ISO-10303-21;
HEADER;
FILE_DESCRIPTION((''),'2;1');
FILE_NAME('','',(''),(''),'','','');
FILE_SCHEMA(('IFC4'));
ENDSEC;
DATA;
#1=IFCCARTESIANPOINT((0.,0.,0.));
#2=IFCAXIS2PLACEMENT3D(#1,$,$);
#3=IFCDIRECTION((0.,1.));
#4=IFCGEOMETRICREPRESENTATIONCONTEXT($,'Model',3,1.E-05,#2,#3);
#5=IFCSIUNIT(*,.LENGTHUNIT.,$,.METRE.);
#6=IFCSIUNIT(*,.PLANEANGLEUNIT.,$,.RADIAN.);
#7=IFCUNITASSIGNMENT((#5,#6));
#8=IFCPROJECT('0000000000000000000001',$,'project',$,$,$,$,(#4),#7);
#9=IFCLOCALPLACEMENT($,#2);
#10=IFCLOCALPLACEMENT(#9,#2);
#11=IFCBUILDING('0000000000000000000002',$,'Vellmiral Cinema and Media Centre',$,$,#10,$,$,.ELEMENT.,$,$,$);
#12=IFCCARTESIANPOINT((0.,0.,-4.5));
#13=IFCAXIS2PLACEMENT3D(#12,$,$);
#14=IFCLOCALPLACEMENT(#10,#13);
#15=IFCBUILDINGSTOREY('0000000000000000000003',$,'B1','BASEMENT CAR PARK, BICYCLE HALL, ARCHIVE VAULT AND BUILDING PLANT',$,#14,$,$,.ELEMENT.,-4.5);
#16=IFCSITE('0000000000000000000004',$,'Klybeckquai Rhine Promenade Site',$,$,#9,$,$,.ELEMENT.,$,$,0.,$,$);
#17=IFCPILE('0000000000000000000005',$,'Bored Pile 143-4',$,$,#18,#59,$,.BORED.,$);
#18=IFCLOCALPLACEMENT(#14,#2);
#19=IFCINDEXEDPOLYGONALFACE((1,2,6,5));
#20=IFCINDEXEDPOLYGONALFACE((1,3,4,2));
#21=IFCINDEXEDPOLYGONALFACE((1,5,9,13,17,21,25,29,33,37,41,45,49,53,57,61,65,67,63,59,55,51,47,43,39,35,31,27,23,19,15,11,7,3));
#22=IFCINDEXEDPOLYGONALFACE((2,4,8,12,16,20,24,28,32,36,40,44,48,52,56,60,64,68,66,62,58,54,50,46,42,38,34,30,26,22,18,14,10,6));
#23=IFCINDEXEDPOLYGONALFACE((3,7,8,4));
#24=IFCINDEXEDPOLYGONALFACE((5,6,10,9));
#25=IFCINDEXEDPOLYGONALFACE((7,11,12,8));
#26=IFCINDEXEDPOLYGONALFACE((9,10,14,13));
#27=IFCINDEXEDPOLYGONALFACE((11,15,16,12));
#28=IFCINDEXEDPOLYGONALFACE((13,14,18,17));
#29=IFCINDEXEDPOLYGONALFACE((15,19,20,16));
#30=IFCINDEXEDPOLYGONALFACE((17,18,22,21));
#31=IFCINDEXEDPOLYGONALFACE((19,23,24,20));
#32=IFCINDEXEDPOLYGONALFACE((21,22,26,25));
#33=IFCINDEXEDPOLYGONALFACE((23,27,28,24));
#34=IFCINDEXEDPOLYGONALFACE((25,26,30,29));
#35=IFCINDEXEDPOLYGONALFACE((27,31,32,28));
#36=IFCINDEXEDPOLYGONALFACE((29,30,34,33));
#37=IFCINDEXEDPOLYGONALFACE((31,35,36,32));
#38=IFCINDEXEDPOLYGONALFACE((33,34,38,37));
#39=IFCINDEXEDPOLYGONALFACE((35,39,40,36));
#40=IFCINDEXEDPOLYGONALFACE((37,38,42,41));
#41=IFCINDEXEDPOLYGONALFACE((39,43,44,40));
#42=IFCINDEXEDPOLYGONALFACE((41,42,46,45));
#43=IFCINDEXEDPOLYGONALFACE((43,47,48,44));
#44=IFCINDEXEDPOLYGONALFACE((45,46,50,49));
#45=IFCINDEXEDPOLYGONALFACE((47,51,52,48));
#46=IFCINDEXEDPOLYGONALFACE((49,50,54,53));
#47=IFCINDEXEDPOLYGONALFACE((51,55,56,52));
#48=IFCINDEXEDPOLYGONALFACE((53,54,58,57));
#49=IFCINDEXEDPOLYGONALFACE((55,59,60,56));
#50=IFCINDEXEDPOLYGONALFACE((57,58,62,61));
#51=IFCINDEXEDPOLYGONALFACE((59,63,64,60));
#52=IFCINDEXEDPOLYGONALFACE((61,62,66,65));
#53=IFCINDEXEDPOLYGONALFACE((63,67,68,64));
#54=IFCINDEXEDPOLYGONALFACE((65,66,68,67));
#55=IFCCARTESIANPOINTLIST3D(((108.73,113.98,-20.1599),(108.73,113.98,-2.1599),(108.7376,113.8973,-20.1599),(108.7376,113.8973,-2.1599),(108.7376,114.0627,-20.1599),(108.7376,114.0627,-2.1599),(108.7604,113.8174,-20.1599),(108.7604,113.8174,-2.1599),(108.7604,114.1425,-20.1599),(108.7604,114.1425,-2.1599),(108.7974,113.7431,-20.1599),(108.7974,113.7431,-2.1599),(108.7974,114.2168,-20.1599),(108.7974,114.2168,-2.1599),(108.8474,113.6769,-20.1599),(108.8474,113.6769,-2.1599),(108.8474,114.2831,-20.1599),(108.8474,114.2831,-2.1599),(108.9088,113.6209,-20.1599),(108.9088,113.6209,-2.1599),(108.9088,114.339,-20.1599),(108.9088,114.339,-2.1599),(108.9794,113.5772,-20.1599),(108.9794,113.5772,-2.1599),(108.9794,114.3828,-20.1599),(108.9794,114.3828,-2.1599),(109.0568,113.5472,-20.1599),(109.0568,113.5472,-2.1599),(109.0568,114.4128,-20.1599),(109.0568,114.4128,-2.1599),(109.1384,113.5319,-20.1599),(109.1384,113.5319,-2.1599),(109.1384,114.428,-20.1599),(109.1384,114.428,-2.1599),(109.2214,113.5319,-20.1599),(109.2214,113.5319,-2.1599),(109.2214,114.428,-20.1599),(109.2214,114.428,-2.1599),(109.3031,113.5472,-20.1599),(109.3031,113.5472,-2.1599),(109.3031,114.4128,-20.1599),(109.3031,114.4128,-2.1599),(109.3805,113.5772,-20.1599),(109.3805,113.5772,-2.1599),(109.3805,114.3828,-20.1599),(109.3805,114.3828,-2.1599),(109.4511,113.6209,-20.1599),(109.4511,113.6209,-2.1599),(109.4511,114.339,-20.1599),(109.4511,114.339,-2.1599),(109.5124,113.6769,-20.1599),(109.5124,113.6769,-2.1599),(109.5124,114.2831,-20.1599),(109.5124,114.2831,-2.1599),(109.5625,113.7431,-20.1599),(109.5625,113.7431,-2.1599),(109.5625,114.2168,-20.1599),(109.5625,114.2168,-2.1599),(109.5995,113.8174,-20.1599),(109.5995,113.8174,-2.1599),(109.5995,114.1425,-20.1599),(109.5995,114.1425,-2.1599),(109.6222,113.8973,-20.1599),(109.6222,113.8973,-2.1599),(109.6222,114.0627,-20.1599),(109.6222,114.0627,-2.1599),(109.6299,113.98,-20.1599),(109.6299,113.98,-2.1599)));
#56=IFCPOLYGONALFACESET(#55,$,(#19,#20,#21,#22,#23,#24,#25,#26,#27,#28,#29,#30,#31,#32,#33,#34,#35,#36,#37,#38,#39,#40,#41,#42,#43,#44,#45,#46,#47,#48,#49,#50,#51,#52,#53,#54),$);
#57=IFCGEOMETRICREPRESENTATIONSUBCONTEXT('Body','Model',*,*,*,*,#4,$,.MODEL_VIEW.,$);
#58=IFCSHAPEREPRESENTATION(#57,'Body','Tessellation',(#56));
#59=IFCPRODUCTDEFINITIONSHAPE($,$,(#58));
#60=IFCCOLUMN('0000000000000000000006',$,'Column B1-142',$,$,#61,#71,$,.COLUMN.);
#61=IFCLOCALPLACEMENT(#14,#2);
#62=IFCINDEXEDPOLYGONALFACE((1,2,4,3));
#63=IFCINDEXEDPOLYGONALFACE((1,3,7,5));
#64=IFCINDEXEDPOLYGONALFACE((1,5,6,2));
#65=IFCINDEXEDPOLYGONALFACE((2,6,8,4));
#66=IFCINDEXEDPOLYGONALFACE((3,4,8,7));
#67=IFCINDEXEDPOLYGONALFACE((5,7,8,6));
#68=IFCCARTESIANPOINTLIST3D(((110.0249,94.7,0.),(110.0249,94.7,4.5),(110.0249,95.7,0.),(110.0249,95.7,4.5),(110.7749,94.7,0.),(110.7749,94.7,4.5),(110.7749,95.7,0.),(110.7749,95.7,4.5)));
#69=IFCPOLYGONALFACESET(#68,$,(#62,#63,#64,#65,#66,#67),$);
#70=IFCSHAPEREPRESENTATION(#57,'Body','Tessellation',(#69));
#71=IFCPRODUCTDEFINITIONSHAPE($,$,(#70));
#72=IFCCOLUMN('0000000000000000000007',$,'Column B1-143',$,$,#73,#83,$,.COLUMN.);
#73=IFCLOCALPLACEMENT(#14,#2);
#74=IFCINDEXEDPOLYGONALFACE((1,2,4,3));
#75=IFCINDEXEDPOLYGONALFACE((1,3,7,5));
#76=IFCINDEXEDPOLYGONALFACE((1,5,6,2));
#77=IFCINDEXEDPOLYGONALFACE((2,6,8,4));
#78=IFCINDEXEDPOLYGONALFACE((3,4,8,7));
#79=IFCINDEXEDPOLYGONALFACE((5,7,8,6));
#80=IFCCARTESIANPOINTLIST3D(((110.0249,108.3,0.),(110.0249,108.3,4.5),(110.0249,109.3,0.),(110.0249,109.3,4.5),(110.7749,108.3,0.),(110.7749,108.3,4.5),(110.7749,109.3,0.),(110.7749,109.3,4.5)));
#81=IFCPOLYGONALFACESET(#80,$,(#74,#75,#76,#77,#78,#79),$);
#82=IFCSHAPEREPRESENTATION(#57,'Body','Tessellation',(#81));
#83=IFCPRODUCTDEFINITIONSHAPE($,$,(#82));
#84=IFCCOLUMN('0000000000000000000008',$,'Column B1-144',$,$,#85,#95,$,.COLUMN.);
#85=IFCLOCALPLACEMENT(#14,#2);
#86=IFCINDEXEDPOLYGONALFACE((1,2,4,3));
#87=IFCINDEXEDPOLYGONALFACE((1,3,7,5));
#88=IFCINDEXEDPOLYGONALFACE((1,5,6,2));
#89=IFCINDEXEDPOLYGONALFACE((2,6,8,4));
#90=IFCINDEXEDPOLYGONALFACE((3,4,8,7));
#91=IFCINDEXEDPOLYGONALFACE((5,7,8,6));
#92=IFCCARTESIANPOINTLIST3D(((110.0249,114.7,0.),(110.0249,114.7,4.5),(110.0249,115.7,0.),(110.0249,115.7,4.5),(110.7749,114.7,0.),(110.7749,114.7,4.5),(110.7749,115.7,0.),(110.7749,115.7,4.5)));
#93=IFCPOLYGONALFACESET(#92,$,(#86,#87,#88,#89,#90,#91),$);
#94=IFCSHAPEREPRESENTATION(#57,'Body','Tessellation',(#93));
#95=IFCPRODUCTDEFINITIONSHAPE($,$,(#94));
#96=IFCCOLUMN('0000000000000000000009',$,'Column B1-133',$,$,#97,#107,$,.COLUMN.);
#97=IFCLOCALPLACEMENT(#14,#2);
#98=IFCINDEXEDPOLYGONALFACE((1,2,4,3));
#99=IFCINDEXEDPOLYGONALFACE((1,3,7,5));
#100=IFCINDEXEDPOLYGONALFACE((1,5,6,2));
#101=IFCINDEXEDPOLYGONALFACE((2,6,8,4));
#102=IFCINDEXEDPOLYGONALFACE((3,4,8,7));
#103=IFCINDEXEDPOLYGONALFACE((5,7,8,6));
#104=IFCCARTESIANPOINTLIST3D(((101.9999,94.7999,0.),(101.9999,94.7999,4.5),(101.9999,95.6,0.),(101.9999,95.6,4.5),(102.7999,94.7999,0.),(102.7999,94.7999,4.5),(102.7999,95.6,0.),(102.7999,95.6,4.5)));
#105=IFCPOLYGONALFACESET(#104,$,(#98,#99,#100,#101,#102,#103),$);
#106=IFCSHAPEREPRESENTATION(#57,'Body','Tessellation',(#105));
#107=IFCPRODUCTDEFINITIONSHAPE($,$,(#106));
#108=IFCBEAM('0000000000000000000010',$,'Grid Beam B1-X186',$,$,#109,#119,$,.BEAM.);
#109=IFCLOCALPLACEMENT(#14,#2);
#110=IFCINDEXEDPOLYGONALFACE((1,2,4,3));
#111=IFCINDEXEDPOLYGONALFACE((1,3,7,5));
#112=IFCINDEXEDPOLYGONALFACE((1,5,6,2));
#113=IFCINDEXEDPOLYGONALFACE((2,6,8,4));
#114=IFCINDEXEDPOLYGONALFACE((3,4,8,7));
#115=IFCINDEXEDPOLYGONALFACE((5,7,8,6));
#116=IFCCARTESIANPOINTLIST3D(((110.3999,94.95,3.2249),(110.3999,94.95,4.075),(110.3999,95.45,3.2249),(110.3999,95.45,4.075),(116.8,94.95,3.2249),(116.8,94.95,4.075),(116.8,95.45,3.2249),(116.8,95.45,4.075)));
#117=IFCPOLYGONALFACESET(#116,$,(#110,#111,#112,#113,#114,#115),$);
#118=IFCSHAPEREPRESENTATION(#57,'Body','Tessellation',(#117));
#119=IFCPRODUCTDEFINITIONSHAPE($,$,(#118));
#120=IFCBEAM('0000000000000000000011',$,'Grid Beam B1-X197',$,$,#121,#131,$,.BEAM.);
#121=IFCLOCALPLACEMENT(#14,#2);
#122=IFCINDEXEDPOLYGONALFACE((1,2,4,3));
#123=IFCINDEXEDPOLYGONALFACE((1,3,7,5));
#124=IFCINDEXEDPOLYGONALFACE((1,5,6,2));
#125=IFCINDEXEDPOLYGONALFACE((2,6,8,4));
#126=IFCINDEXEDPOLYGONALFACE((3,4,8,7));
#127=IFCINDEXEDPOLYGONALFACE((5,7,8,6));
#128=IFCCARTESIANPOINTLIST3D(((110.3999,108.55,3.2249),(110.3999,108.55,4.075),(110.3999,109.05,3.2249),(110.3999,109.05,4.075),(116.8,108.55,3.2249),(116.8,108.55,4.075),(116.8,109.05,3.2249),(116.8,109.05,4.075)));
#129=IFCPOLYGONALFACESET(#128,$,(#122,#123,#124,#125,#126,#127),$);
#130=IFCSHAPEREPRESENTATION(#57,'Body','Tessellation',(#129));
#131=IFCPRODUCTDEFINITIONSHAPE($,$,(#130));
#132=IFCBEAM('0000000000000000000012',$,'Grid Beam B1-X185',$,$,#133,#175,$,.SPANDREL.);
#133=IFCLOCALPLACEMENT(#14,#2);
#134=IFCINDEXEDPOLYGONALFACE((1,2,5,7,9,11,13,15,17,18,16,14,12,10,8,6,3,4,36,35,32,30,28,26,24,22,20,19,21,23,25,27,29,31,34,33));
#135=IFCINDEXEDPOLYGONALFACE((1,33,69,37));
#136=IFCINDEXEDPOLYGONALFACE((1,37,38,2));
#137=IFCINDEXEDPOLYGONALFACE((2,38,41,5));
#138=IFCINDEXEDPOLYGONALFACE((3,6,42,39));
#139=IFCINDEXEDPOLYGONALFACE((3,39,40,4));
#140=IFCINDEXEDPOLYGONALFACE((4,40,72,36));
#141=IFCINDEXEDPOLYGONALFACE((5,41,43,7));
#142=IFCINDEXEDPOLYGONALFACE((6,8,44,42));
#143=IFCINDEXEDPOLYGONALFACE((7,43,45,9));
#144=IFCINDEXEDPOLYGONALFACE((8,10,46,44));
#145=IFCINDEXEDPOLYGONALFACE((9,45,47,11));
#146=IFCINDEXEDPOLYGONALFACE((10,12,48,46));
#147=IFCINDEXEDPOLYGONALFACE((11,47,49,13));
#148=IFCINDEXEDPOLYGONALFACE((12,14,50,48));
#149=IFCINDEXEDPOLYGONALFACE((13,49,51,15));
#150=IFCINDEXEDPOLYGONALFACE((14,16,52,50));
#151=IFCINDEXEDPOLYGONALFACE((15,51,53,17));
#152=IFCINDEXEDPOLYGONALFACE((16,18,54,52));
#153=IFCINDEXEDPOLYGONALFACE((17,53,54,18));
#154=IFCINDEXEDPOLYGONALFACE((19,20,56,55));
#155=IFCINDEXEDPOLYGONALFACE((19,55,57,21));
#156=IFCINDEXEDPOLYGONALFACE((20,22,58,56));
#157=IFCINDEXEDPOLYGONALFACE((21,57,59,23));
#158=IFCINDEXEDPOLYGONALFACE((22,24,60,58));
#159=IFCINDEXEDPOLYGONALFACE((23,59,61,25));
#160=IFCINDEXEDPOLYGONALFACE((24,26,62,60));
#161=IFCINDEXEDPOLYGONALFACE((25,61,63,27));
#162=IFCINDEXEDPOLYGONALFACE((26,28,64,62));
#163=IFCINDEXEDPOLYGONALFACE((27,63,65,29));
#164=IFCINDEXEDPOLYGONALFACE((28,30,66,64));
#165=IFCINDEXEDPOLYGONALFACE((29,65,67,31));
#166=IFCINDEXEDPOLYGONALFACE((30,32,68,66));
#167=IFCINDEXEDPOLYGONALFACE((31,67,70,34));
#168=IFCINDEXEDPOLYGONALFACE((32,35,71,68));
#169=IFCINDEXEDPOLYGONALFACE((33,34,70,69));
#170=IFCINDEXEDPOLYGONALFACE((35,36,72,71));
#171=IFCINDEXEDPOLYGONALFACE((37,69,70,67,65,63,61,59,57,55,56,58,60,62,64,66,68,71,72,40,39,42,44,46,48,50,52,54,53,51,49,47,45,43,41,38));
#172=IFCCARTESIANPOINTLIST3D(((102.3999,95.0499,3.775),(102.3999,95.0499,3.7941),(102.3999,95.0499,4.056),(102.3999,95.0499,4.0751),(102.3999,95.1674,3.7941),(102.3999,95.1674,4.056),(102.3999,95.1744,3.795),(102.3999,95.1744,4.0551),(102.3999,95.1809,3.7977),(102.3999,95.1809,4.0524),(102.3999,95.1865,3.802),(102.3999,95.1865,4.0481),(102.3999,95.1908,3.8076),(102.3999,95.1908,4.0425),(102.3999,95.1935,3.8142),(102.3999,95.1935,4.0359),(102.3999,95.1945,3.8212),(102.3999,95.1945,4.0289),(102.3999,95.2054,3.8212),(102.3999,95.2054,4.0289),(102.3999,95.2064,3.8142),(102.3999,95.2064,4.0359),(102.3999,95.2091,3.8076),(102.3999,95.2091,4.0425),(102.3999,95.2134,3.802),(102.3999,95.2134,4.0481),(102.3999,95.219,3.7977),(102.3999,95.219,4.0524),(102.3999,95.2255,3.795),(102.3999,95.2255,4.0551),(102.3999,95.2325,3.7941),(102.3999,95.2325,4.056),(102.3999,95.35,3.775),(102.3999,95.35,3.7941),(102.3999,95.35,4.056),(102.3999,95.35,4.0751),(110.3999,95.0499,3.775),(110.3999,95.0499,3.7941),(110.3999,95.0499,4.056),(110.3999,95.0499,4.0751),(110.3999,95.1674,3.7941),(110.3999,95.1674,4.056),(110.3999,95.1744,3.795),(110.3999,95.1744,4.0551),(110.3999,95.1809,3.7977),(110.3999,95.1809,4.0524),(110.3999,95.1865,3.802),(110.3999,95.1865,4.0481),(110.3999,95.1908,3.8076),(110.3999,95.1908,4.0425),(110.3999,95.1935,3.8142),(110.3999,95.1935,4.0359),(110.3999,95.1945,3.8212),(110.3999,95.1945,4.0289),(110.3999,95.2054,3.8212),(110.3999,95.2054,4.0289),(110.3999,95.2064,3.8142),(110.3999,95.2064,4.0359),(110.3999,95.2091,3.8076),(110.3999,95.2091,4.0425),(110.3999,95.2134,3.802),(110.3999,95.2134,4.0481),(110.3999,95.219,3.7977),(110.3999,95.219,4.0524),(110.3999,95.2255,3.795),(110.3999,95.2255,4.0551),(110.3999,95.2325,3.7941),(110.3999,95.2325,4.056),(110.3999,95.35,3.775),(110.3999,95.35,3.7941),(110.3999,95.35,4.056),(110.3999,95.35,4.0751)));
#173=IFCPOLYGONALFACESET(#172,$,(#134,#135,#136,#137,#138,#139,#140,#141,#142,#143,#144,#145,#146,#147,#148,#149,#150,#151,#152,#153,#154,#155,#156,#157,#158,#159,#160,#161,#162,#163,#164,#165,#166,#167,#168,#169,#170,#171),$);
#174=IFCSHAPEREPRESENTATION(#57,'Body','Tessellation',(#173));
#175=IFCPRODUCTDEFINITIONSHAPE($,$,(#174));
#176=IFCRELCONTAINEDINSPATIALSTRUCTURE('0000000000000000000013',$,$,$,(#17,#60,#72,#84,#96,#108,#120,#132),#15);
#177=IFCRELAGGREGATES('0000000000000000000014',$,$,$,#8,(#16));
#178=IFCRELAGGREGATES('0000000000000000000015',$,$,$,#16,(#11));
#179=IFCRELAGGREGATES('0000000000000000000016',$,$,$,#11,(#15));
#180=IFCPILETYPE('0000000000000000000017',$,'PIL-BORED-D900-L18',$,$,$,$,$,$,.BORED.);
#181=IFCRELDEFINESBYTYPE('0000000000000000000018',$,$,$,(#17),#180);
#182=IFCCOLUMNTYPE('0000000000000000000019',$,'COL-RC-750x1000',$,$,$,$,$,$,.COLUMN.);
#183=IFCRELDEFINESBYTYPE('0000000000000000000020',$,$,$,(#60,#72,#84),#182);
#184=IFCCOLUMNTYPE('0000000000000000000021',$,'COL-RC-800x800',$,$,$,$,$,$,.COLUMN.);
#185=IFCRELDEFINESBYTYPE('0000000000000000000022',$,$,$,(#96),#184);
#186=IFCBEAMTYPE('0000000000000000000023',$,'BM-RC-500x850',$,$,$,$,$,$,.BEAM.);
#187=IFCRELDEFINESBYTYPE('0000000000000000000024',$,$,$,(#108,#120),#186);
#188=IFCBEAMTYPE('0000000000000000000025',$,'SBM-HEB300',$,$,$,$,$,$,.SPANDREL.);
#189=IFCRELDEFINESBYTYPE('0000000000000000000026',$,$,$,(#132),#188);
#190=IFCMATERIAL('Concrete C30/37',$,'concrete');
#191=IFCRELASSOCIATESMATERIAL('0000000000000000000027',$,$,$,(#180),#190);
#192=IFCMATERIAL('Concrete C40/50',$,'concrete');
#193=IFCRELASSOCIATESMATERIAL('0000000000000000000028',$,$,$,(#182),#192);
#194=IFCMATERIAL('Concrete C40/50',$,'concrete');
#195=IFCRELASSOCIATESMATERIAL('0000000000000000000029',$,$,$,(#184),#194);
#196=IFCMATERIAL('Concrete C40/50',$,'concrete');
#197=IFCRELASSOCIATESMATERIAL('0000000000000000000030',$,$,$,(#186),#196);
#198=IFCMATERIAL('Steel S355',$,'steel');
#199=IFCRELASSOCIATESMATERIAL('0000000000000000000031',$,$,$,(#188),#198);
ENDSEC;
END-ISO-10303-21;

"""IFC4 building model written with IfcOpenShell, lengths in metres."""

from ifc_helpers import new_model, si_unit, direction, frame, origin, origin_2d, place, context, subcontext, project, spatial, rectangle, circle, i_section, extrude, material, material_profile, profile_set, type_object, element, save


model = new_model("IFC4")

# Units and contexts
model_context = context("Model", 3, precision=1e-05, world=origin(), true_north=direction((0.0, 1.0)))
body_context = subcontext(model_context, "Body", "Model", "MODEL_VIEW")
ifc_project = project(units=[si_unit("LENGTHUNIT", "METRE"), si_unit("PLANEANGLEUNIT", "RADIAN")], contexts=[model_context])

# Site, building, storey
site_placement = place(None, origin())
site = spatial("IfcSite", under=ifc_project, at=site_placement, Name="Klybeckquai Rhine Promenade Site", CompositionType="ELEMENT", RefElevation=0.0)
building_placement = place(site_placement, origin())
building = spatial("IfcBuilding", under=site, at=building_placement, Name="Vellmiral Cinema and Media Centre", CompositionType="ELEMENT")
storey_placement = place(building_placement, frame((0.0, 0.0, -4.5)))
storey = spatial("IfcBuildingStorey", under=building, at=storey_placement, Name="B1", Description="BASEMENT CAR PARK, BICYCLE HALL, ARCHIVE VAULT AND BUILDING PLANT", CompositionType="ELEMENT", Elevation=-4.5)

# Pile
ifc_material_1 = material(Name="Concrete C30/37", Category="concrete")
ifc_material_profile_1 = material_profile(ifc_material_1, circle(Radius=0.45, at=origin_2d()), Name="PILE D900")
ifc_profile_set_1 = profile_set([ifc_material_profile_1], Name="Concrete C30/37")
pile_type_1 = type_object("IfcPileType", Name="PIL-BORED-D900-L18", PredefinedType="BORED", material=ifc_profile_set_1)
for number, where, z_axis, x_axis, name in (
    (1, (109.1799, 113.98, -2.1599), (0.0, 0.0, -1.0), (1.0, 0.0, 0.0), "Bored Pile 143-4"),
):
    element("IfcPile", number, at=place(storey_placement, frame(where, z_axis=z_axis, x_axis=x_axis)), inside=storey, type_object=pile_type_1, Name=name, PredefinedType="BORED", context=body_context, shape_type="SweptSolid", body=[
        extrude(circle(Radius=0.45, at=origin_2d()), origin(), (0.0, 0.0, 1.0), 18.0),
    ])

# Columns
ifc_material_2 = material(Name="Concrete C40/50", Category="concrete")
ifc_material_profile_2 = material_profile(ifc_material_2, rectangle(XDim=0.75, YDim=1.0, at=origin_2d()), Name="RC 750x1000")
ifc_profile_set_2 = profile_set([ifc_material_profile_2], Name="Concrete C40/50")
column_type_1 = type_object("IfcColumnType", Name="COL-RC-750x1000", PredefinedType="COLUMN", material=ifc_profile_set_2)
for number, where, z_axis, x_axis, name in (
    (2, (110.3999, 95.2, 0.0), (0.0, 0.0, 1.0), (1.0, 0.0, 0.0), "Column B1-142"),
    (3, (110.3999, 108.8, 0.0), (0.0, 0.0, 1.0), (1.0, 0.0, 0.0), "Column B1-143"),
    (4, (110.3999, 115.2, 0.0), (0.0, 0.0, 1.0), (1.0, 0.0, 0.0), "Column B1-144"),
):
    element("IfcColumn", number, at=place(storey_placement, frame(where, z_axis=z_axis, x_axis=x_axis)), inside=storey, type_object=column_type_1, Name=name, PredefinedType="COLUMN", context=body_context, shape_type="SweptSolid", body=[
        extrude(rectangle(XDim=0.75, YDim=1.0, at=origin_2d()), origin(), (0.0, 0.0, 1.0), 4.5),
    ])
ifc_material_3 = material(Name="Concrete C40/50", Category="concrete")
ifc_material_profile_3 = material_profile(ifc_material_3, rectangle(XDim=0.8, YDim=0.8, at=origin_2d()), Name="RC 800x800")
ifc_profile_set_3 = profile_set([ifc_material_profile_3], Name="Concrete C40/50")
column_type_2 = type_object("IfcColumnType", Name="COL-RC-800x800", PredefinedType="COLUMN", material=ifc_profile_set_3)
column_placement = place(storey_placement, frame((102.3999, 95.2, 0.0), z_axis=(0.0, 0.0, 1.0), x_axis=(1.0, 0.0, 0.0)))
element("IfcColumn", 5, at=column_placement, inside=storey, type_object=column_type_2, Name="Column B1-133", PredefinedType="COLUMN", context=body_context, shape_type="SweptSolid", body=[
    extrude(rectangle(XDim=0.8, YDim=0.8, at=origin_2d()), origin(), (0.0, 0.0, 1.0), 4.5),
])

# Beams
ifc_material_4 = material(Name="Concrete C40/50", Category="concrete")
ifc_material_profile_4 = material_profile(ifc_material_4, rectangle(XDim=0.5, YDim=0.8501, at=origin_2d()), Name="RC 500x850")
ifc_profile_set_4 = profile_set([ifc_material_profile_4], Name="Concrete C40/50")
beam_type_1 = type_object("IfcBeamType", Name="BM-RC-500x850", PredefinedType="BEAM", material=ifc_profile_set_4)
for number, where, z_axis, x_axis, name in (
    (6, (110.3999, 95.2, 3.6499), (1.0, 0.0, 0.0), (0.0, 1.0, 0.0), "Grid Beam B1-X186"),
    (7, (110.3999, 108.8, 3.6499), (1.0, 0.0, 0.0), (0.0, 1.0, 0.0), "Grid Beam B1-X197"),
):
    element("IfcBeam", number, at=place(storey_placement, frame(where, z_axis=z_axis, x_axis=x_axis)), inside=storey, type_object=beam_type_1, Name=name, PredefinedType="BEAM", context=body_context, shape_type="SweptSolid", body=[
        extrude(rectangle(XDim=0.5, YDim=0.8501, at=origin_2d()), origin(), (0.0, 0.0, 1.0), 6.4001),
    ])
ifc_material_5 = material(Name="Steel S355", Category="steel")
ifc_material_profile_5 = material_profile(ifc_material_5, i_section(OverallWidth=0.3, OverallDepth=0.3, WebThickness=0.011, FlangeThickness=0.019, FilletRadius=0.0271, at=origin_2d()), Name="HEB 300")
ifc_profile_set_5 = profile_set([ifc_material_profile_5], Name="Steel S355")
beam_type_2 = type_object("IfcBeamType", Name="SBM-HEB300", PredefinedType="SPANDREL", material=ifc_profile_set_5)
beam_1_placement = place(storey_placement, frame((102.3999, 95.2, 3.925), z_axis=(1.0, 0.0, 0.0), x_axis=(0.0, 1.0, 0.0)))
element("IfcBeam", 8, at=beam_1_placement, inside=storey, type_object=beam_type_2, Name="Grid Beam B1-X185", PredefinedType="SPANDREL", context=body_context, shape_type="SweptSolid", body=[
    extrude(i_section(OverallWidth=0.3, OverallDepth=0.3, WebThickness=0.011, FlangeThickness=0.019, FilletRadius=0.0271, at=origin_2d()), origin(), (0.0, 0.0, 1.0), 8.0),
])

save(model, "model.ifc")
